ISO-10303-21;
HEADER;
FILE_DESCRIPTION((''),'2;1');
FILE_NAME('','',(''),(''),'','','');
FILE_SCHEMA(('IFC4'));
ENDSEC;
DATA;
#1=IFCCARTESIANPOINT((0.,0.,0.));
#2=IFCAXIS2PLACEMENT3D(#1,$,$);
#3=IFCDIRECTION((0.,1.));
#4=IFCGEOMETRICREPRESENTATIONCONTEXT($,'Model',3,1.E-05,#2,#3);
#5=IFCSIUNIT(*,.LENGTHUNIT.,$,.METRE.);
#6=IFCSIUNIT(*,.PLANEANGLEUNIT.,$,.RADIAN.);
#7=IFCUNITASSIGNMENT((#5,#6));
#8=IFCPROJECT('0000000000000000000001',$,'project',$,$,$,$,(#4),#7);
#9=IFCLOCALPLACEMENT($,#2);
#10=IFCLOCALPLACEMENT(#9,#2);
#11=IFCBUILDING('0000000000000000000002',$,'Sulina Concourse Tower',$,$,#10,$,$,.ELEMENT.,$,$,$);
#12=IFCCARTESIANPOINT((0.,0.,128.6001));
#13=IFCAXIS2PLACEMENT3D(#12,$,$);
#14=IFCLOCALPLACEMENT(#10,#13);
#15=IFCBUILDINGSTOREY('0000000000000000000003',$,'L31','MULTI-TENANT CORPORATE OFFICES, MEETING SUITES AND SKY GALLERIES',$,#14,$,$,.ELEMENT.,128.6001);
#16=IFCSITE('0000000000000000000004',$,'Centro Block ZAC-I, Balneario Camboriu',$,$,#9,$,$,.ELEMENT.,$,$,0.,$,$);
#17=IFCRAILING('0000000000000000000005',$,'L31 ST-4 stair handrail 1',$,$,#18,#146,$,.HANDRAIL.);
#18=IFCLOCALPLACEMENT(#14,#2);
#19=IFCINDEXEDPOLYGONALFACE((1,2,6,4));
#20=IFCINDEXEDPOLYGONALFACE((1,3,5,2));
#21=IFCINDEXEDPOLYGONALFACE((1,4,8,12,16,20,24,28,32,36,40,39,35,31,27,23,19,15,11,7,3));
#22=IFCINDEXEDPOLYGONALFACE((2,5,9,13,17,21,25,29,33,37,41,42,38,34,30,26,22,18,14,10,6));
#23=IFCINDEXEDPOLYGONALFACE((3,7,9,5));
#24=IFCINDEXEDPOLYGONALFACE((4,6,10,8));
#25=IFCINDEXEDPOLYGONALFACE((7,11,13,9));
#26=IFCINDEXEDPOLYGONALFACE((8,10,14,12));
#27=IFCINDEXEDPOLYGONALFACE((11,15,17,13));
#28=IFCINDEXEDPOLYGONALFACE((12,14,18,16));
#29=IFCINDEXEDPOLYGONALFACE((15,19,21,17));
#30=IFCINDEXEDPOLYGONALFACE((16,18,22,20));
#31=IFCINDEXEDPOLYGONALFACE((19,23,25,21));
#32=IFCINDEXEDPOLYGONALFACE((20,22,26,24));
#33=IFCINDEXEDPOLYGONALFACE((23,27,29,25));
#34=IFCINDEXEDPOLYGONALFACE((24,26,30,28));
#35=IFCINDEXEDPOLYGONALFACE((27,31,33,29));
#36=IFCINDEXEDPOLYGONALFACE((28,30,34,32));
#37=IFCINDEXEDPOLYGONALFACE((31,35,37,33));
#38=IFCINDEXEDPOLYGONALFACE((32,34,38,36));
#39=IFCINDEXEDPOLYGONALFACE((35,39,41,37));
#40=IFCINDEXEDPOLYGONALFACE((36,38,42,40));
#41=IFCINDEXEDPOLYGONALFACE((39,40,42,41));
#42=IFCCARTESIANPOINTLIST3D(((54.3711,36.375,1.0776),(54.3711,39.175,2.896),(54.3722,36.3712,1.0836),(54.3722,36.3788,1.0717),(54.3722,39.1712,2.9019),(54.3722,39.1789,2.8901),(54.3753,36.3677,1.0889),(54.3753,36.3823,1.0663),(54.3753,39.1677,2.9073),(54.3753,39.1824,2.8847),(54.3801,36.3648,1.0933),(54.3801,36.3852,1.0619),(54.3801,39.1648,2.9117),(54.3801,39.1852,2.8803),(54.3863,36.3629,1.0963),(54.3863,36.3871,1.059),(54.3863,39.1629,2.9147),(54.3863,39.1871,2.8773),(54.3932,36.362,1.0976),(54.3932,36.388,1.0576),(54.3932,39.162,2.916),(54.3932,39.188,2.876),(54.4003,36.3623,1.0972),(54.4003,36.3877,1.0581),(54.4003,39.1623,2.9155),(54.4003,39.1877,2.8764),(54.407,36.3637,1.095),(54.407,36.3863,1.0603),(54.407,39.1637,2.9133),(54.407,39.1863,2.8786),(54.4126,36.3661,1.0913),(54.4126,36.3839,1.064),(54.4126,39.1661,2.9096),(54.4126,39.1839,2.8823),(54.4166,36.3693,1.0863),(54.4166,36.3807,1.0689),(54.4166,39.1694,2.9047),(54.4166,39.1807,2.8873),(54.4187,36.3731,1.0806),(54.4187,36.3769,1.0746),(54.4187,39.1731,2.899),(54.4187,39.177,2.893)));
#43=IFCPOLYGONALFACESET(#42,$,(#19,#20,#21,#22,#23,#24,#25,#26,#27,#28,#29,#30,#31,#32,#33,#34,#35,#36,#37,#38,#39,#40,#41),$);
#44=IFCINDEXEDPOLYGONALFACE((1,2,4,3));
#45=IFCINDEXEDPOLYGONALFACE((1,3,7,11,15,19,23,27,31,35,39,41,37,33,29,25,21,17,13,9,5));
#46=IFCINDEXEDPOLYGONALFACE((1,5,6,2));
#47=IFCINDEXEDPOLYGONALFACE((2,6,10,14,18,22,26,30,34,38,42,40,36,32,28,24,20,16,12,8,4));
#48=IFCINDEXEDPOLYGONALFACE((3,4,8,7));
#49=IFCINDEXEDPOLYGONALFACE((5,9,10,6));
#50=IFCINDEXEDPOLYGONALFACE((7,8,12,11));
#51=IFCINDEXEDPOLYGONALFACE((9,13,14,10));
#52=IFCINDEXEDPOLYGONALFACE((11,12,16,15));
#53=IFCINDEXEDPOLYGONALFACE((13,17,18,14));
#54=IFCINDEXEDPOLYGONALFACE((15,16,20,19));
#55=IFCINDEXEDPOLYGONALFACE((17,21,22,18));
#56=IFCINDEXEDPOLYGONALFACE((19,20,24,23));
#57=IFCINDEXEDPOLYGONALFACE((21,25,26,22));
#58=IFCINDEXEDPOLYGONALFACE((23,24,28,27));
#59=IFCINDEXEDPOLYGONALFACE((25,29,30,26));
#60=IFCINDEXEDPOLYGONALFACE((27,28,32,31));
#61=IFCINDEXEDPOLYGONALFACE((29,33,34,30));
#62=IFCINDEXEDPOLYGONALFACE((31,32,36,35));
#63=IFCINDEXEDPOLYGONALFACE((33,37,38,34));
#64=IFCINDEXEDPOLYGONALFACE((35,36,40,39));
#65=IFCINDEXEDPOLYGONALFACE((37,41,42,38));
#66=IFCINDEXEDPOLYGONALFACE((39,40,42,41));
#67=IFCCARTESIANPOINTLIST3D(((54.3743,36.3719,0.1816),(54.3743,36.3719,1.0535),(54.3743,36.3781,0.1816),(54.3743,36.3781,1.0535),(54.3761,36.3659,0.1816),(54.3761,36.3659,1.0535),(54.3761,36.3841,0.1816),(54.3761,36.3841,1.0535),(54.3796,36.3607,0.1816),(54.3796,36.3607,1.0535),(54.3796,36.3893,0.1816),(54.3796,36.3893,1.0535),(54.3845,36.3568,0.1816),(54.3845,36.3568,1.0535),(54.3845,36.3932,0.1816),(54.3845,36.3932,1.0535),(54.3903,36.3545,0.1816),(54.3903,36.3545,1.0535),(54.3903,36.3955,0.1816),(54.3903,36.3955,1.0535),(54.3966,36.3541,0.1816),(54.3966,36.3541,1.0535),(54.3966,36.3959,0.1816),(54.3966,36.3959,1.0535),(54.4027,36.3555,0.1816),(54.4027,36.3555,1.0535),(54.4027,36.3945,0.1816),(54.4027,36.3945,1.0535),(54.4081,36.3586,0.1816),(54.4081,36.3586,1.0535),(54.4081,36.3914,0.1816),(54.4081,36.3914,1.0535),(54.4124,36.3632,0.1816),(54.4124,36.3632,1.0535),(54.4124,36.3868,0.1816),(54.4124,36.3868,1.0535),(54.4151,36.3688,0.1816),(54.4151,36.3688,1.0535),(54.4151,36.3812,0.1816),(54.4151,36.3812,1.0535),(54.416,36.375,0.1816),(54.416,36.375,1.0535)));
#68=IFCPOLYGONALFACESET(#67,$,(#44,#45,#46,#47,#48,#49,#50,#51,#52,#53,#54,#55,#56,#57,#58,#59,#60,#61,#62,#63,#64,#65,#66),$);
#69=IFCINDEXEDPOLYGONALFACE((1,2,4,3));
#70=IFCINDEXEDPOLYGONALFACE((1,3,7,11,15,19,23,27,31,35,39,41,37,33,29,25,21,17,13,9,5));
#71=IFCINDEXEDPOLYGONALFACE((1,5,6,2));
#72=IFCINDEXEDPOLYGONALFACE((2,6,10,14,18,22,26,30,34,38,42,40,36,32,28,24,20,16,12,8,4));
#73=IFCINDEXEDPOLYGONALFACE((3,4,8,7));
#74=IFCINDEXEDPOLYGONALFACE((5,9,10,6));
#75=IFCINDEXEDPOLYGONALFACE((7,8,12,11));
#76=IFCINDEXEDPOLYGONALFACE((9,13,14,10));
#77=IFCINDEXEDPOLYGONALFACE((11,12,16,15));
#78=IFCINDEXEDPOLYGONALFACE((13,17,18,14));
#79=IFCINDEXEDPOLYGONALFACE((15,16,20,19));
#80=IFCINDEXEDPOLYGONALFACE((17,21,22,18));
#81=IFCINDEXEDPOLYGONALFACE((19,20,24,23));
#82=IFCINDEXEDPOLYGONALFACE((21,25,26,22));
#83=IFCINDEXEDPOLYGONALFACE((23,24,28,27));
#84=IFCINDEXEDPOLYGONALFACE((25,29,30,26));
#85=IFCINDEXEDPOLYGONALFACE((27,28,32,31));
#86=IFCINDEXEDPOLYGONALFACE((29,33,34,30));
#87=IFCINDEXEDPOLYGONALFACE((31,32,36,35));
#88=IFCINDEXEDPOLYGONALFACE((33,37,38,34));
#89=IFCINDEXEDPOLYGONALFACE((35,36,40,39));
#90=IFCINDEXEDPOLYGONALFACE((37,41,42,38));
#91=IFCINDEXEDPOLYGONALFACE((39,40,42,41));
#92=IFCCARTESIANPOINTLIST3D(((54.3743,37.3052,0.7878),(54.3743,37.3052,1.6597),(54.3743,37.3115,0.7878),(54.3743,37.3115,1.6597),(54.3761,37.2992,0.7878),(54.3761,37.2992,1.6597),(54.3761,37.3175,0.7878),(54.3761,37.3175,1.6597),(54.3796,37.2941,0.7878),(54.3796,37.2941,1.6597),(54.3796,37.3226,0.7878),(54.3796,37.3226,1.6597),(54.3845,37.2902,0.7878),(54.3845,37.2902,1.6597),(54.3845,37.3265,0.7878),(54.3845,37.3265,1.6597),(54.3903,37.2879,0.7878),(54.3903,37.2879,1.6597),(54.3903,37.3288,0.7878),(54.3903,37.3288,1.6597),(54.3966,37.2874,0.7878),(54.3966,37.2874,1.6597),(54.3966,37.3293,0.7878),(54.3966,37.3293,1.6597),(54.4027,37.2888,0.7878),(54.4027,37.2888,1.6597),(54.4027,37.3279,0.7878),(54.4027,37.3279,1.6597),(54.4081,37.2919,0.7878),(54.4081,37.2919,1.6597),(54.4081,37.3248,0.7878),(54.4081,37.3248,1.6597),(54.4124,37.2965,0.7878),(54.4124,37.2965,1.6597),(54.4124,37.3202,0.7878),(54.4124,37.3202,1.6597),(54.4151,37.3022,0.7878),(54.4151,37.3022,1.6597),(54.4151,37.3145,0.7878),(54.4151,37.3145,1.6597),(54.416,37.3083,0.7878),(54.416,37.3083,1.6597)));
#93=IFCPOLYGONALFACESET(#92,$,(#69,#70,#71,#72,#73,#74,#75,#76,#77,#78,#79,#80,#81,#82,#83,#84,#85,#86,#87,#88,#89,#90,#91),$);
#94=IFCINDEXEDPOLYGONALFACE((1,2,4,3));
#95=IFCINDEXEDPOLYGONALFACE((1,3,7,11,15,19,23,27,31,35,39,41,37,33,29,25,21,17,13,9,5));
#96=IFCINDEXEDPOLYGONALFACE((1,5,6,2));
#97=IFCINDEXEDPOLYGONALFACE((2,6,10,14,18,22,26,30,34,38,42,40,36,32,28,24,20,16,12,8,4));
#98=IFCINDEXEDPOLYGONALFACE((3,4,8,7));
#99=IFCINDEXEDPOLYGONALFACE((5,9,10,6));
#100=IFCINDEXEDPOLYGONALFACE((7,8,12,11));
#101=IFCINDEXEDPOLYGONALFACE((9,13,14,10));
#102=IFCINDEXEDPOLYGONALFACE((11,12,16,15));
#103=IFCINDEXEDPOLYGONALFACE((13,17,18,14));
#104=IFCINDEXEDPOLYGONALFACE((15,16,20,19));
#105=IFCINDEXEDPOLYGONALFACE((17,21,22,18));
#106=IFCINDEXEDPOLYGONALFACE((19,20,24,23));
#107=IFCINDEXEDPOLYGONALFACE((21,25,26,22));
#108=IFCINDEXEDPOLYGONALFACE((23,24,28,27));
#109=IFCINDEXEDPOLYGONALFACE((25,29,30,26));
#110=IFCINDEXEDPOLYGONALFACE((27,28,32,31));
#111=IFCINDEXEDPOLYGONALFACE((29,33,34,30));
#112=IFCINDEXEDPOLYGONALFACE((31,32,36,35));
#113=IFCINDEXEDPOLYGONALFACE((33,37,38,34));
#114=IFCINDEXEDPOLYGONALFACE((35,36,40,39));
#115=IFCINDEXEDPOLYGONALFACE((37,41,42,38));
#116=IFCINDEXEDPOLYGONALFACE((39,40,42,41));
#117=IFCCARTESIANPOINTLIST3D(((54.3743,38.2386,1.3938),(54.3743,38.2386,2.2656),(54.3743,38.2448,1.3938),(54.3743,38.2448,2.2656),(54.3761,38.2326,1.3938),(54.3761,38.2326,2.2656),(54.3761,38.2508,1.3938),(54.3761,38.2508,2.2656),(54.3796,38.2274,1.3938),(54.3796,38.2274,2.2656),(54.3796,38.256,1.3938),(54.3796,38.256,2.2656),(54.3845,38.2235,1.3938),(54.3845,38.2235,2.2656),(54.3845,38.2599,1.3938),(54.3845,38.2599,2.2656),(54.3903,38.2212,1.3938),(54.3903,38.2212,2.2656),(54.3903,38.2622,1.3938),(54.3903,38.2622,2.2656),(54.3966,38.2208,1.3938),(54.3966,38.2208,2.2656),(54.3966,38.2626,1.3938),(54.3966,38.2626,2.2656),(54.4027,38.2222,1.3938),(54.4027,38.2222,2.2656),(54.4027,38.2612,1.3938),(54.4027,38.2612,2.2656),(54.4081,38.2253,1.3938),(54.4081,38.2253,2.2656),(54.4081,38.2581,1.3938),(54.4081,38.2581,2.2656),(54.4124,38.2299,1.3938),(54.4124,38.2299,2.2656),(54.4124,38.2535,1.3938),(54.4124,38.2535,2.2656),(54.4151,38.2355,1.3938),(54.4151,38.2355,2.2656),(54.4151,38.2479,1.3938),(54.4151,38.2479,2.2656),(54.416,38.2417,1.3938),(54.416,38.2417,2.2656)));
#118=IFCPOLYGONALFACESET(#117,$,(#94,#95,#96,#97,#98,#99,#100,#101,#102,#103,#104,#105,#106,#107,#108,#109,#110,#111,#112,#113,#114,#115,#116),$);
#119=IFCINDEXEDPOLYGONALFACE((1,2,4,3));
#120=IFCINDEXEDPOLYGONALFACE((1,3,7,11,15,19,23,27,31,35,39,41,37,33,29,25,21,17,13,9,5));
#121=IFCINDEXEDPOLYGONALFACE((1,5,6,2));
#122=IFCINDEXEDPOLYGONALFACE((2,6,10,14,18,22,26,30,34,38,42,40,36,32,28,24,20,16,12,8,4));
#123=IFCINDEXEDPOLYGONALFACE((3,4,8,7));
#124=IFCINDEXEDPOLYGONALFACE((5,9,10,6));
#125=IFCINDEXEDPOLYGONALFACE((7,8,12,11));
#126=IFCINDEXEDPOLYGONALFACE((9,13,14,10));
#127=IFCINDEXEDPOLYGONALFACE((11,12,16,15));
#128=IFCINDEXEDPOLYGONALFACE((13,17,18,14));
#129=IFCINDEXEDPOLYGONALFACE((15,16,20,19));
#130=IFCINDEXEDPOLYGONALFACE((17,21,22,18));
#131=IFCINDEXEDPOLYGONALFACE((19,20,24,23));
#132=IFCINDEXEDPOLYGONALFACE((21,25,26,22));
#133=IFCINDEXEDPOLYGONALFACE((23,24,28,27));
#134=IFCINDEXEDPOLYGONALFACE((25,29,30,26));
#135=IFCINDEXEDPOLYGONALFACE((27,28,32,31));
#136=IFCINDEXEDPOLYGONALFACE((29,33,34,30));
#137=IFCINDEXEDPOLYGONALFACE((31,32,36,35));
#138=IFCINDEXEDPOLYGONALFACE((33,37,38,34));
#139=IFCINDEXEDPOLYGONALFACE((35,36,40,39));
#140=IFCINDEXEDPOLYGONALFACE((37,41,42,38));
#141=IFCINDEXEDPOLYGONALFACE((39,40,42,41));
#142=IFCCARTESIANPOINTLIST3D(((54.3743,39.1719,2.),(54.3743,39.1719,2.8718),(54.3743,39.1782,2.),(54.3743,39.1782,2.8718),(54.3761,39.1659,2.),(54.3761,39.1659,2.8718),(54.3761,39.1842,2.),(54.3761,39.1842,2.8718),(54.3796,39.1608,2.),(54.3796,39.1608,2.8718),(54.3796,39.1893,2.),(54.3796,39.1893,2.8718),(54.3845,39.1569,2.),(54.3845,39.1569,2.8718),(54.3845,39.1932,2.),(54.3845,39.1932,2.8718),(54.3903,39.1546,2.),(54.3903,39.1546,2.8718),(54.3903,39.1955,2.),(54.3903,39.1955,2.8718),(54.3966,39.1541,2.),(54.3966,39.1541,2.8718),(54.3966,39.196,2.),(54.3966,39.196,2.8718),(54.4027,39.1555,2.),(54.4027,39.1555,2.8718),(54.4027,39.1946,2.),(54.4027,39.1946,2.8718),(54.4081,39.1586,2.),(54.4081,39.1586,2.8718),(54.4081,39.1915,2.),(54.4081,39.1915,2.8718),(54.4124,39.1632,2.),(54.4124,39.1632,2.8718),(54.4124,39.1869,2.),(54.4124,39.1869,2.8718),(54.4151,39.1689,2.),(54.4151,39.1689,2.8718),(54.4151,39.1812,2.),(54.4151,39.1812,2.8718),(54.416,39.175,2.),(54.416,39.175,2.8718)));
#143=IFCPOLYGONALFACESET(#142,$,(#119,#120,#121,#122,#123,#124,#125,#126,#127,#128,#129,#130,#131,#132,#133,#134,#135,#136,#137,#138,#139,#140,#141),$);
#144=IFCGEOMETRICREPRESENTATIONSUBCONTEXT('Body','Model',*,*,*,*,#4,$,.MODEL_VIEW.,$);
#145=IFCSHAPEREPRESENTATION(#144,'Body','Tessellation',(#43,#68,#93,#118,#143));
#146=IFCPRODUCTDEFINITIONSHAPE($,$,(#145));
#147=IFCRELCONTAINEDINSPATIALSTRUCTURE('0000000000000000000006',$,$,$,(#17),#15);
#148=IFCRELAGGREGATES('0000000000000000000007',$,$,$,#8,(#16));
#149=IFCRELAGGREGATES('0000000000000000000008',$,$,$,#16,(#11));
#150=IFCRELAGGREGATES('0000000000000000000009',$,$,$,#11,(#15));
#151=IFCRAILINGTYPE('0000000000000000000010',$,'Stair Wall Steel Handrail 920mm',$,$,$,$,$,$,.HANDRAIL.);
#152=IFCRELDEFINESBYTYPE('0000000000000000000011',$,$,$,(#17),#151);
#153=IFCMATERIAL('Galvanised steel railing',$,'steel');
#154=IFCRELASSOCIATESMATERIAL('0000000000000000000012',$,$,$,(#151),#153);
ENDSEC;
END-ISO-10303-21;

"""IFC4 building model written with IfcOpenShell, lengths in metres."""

from ifc_helpers import new_model, si_unit, direction, frame, origin, origin_2d, place, context, subcontext, project, spatial, circle, extrude, material, type_object, element, save


model = new_model("IFC4")

# Units and contexts
model_context = context("Model", 3, precision=1e-05, world=origin(), true_north=direction((0.0, 1.0)))
body_context = subcontext(model_context, "Body", "Model", "MODEL_VIEW")
ifc_project = project(units=[si_unit("LENGTHUNIT", "METRE"), si_unit("PLANEANGLEUNIT", "RADIAN")], contexts=[model_context])

# Site, building, storey
site_placement = place(None, origin())
site = spatial("IfcSite", under=ifc_project, at=site_placement, Name="Centro Block ZAC-I, Balneario Camboriu", CompositionType="ELEMENT", RefElevation=0.0)
building_placement = place(site_placement, origin())
building = spatial("IfcBuilding", under=site, at=building_placement, Name="Sulina Concourse Tower", CompositionType="ELEMENT")
storey_placement = place(building_placement, frame((0.0, 0.0, 128.6001)))
storey = spatial("IfcBuildingStorey", under=building, at=storey_placement, Name="L31", Description="MULTI-TENANT CORPORATE OFFICES, MEETING SUITES AND SKY GALLERIES", CompositionType="ELEMENT", Elevation=128.6001)

# Railing
ifc_material_1 = material(Name="Galvanised steel railing", Category="steel")
railing_type_1 = type_object("IfcRailingType", Name="Stair Wall Steel Handrail 920mm", PredefinedType="HANDRAIL", material=ifc_material_1)
for number, where, name in (
    (1, (54.395, 36.375, 0.1816), "L31 ST-4 stair handrail 1"),
):
    element("IfcRailing", number, at=place(storey_placement, frame(where)), inside=storey, type_object=railing_type_1, Name=name, PredefinedType="HANDRAIL", context=body_context, shape_type="SweptSolid", body=[
        extrude(circle(Radius=0.0239, at=origin_2d()), frame((0.0, 0.0, 0.896), z_axis=(0.0, 0.838672, 0.544636), x_axis=(-1.0, 0.0, 0.0)), (0.0, 0.0, 1.0), 3.3386),
        extrude(circle(Radius=0.021, at=origin_2d()), origin(), (0.0, 0.0, 1.0), 0.8718),
        extrude(circle(Radius=0.021, at=origin_2d()), frame((0.0, 0.9333, 0.6062)), (0.0, 0.0, 1.0), 0.8718),
        extrude(circle(Radius=0.021, at=origin_2d()), frame((0.0, 1.8667, 1.2122)), (0.0, 0.0, 1.0), 0.8718),
        extrude(circle(Radius=0.021, at=origin_2d()), frame((0.0, 2.8, 1.8184)), (0.0, 0.0, 1.0), 0.8718),
    ])

save(model, "model.ifc")
